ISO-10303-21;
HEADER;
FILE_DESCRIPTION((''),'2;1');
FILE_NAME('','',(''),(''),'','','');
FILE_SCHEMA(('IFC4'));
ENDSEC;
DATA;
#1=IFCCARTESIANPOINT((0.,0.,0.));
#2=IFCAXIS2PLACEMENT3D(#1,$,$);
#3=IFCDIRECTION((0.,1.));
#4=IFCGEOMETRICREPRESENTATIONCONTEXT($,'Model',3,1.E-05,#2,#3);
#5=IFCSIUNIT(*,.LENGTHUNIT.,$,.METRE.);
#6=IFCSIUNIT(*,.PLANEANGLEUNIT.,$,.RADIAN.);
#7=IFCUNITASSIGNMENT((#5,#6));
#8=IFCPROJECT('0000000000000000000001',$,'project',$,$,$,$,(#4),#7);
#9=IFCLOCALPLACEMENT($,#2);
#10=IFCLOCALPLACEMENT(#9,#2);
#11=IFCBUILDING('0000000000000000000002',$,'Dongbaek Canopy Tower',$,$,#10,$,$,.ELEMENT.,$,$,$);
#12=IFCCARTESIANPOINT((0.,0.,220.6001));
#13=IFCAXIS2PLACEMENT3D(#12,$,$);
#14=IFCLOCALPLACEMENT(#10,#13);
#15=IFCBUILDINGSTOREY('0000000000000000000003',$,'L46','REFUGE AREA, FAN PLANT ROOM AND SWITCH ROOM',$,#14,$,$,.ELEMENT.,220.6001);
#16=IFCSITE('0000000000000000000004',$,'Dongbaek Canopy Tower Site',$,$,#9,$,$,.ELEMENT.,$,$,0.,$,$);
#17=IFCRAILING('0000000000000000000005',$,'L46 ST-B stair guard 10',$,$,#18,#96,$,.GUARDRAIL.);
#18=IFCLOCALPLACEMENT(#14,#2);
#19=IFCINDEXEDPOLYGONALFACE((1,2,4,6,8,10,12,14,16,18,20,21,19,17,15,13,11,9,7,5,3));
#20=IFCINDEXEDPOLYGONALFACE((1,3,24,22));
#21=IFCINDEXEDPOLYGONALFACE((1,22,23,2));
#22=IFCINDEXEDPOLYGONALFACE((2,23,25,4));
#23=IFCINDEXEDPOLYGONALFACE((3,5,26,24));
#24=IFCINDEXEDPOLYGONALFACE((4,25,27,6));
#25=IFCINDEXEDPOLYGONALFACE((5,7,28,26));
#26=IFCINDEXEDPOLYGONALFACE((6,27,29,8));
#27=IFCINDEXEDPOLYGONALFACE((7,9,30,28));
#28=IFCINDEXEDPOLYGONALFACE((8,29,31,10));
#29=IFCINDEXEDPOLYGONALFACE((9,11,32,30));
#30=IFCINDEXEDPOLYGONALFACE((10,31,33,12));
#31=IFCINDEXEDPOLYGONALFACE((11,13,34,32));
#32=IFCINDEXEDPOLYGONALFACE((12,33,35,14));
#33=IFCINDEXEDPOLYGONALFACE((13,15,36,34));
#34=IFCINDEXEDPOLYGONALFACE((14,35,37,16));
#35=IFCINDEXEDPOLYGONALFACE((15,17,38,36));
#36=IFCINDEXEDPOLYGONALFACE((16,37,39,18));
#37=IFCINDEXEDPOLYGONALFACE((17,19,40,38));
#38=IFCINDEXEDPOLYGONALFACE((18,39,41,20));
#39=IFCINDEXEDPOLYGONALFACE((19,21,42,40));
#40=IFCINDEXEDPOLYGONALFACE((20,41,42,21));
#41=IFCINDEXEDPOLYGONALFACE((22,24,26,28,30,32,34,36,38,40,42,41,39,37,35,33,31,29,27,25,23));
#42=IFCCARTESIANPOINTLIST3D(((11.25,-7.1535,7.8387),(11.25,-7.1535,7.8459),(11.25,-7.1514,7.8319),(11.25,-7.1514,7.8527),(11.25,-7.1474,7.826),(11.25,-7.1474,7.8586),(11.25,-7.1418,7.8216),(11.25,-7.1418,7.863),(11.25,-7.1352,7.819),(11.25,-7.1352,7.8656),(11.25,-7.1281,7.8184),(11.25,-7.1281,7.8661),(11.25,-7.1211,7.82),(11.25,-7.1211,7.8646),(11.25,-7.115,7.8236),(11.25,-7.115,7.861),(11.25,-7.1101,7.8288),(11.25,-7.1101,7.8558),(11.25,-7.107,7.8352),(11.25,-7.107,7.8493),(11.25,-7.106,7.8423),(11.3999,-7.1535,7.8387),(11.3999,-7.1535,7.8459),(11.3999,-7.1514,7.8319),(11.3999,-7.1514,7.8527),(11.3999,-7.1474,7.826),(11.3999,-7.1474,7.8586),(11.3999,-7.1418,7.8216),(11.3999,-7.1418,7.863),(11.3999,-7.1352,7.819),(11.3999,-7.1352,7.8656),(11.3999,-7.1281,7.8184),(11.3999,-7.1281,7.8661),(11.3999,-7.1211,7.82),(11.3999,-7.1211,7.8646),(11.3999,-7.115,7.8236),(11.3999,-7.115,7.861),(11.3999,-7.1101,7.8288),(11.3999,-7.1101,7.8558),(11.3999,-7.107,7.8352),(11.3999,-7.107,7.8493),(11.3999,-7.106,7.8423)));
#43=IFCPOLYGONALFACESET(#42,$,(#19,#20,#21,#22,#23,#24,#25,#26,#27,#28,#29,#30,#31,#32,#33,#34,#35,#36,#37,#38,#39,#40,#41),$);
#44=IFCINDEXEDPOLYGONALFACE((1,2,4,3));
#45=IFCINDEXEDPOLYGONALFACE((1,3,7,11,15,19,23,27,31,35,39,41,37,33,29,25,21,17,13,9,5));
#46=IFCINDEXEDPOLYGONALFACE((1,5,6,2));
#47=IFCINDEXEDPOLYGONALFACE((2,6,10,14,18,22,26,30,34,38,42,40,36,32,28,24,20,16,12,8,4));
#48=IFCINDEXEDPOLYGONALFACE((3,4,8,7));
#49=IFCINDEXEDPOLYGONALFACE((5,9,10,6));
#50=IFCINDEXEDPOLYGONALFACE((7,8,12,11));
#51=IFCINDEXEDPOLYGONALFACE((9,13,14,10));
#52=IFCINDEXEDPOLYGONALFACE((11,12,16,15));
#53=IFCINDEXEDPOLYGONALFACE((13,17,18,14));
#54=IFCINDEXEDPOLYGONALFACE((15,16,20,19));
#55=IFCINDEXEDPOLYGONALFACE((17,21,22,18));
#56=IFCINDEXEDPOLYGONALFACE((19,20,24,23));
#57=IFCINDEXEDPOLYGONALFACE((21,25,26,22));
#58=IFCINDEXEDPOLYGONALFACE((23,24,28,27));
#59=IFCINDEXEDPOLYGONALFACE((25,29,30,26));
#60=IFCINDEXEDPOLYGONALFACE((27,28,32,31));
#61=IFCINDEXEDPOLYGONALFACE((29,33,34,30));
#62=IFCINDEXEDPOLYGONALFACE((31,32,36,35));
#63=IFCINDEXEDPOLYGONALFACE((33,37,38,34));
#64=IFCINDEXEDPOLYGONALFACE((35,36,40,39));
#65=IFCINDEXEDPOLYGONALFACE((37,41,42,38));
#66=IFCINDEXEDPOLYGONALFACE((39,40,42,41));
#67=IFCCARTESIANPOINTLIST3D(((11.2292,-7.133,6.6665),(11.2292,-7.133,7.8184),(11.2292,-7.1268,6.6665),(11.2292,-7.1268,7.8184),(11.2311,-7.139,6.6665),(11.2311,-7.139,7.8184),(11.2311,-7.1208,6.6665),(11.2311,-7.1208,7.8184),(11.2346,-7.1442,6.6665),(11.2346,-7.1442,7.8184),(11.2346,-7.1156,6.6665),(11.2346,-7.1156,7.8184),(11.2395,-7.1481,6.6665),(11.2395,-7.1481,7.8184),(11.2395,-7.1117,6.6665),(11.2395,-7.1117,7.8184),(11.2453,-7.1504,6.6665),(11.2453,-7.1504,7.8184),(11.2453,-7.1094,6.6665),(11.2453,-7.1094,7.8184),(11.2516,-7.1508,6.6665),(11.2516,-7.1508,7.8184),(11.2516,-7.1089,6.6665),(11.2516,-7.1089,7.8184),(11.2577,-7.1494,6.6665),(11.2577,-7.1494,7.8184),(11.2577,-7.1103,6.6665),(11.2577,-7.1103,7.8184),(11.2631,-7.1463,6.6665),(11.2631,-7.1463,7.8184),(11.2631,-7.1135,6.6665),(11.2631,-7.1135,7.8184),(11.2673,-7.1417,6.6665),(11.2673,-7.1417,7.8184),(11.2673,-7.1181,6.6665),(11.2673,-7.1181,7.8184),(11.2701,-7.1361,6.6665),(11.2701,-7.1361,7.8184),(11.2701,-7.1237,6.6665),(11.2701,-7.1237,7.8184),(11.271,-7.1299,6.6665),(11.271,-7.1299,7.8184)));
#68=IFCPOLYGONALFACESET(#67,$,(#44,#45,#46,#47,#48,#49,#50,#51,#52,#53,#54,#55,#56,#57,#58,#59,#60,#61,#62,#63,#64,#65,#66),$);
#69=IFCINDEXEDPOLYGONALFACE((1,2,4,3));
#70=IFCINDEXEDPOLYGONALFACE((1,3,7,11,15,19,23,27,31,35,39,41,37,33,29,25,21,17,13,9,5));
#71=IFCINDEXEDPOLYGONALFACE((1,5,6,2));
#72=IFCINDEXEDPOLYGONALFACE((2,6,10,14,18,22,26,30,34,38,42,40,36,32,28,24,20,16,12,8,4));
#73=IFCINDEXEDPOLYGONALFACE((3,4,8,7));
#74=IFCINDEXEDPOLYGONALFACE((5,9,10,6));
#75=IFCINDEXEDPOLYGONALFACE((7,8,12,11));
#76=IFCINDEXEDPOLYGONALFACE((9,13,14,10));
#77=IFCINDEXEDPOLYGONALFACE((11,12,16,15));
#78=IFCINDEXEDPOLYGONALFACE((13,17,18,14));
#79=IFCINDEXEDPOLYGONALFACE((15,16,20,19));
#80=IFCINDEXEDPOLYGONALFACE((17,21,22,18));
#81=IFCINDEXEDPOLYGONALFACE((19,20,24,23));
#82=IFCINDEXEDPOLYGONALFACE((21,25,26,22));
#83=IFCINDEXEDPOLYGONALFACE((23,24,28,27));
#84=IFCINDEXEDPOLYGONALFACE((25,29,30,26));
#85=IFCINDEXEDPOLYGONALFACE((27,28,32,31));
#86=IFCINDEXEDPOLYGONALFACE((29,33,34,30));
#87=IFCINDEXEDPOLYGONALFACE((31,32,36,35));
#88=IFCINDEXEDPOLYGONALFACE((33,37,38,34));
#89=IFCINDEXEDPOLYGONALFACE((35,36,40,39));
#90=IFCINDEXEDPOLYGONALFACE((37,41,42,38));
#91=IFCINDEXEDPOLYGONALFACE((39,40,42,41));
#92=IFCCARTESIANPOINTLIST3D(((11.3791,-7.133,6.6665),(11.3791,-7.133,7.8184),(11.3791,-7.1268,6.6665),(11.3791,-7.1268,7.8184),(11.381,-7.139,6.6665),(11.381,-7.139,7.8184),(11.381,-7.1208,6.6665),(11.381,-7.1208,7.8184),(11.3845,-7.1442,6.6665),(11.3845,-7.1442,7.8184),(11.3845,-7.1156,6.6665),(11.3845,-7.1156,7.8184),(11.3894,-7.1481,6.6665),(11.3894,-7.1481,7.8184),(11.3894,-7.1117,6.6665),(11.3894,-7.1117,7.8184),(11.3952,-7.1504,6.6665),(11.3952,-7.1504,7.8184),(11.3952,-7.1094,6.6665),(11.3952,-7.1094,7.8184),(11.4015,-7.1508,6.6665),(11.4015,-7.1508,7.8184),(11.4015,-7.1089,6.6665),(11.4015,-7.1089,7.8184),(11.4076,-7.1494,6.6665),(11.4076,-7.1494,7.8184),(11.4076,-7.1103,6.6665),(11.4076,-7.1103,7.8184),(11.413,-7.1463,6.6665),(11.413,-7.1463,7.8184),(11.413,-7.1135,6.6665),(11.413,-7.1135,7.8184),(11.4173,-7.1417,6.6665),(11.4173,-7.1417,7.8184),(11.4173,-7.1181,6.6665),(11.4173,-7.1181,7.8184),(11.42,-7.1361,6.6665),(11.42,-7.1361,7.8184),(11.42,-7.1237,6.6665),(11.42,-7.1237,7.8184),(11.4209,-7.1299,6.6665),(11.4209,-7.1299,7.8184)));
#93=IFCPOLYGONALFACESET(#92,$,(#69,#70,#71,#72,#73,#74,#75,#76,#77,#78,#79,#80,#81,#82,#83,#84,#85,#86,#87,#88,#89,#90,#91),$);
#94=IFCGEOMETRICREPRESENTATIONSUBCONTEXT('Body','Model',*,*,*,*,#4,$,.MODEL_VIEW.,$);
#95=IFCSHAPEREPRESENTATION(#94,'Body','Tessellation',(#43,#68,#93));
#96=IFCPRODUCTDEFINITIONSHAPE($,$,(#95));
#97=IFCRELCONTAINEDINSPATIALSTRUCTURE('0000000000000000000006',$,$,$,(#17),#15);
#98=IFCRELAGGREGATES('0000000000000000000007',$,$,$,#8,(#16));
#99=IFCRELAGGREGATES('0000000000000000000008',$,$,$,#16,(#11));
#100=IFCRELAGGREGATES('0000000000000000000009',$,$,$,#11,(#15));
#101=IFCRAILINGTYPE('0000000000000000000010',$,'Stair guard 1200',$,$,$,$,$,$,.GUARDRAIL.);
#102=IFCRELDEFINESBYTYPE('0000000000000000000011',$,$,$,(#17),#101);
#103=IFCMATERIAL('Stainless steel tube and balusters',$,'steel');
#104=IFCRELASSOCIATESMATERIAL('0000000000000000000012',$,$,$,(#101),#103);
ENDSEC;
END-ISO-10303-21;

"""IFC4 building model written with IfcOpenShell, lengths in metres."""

from ifc_helpers import new_model, si_unit, direction, frame, origin, origin_2d, place, context, subcontext, project, spatial, circle, extrude, material, type_object, element, save


model = new_model("IFC4")

# Units and contexts
model_context = context("Model", 3, precision=1e-05, world=origin(), true_north=direction((0.0, 1.0)))
body_context = subcontext(model_context, "Body", "Model", "MODEL_VIEW")
ifc_project = project(units=[si_unit("LENGTHUNIT", "METRE"), si_unit("PLANEANGLEUNIT", "RADIAN")], contexts=[model_context])

# Site, building, storey
site_placement = place(None, origin())
site = spatial("IfcSite", under=ifc_project, at=site_placement, Name="Dongbaek Canopy Tower Site", CompositionType="ELEMENT", RefElevation=0.0)
building_placement = place(site_placement, origin())
building = spatial("IfcBuilding", under=site, at=building_placement, Name="Dongbaek Canopy Tower", CompositionType="ELEMENT")
storey_placement = place(building_placement, frame((0.0, 0.0, 220.6001)))
storey = spatial("IfcBuildingStorey", under=building, at=storey_placement, Name="L46", Description="REFUGE AREA, FAN PLANT ROOM AND SWITCH ROOM", CompositionType="ELEMENT", Elevation=220.6001)

# Railing
ifc_material_1 = material(Name="Stainless steel tube and balusters", Category="steel")
railing_type = type_object("IfcRailingType", Name="Stair guard 1200", PredefinedType="GUARDRAIL", material=ifc_material_1)
railing_1_placement = place(storey_placement, frame((11.25, -7.1299, 6.6665)))
element("IfcRailing", 1, at=railing_1_placement, inside=storey, type_object=railing_type, Name="L46 ST-B stair guard 10", PredefinedType="GUARDRAIL", context=body_context, shape_type="SweptSolid", body=[
    extrude(circle(Radius=0.0239, at=origin_2d()), frame((0.0, 0.0, 1.1758), z_axis=(1.0, 0.0, 0.0), x_axis=(0.0, 1.0, 0.0)), (0.0, 0.0, 1.0), 0.1499),
    extrude(circle(Radius=0.021, at=origin_2d()), origin(), (0.0, 0.0, 1.0), 1.1519),
    extrude(circle(Radius=0.021, at=origin_2d()), frame((0.1499, 0.0, 0.0)), (0.0, 0.0, 1.0), 1.1519),
])

save(model, "model.ifc")
